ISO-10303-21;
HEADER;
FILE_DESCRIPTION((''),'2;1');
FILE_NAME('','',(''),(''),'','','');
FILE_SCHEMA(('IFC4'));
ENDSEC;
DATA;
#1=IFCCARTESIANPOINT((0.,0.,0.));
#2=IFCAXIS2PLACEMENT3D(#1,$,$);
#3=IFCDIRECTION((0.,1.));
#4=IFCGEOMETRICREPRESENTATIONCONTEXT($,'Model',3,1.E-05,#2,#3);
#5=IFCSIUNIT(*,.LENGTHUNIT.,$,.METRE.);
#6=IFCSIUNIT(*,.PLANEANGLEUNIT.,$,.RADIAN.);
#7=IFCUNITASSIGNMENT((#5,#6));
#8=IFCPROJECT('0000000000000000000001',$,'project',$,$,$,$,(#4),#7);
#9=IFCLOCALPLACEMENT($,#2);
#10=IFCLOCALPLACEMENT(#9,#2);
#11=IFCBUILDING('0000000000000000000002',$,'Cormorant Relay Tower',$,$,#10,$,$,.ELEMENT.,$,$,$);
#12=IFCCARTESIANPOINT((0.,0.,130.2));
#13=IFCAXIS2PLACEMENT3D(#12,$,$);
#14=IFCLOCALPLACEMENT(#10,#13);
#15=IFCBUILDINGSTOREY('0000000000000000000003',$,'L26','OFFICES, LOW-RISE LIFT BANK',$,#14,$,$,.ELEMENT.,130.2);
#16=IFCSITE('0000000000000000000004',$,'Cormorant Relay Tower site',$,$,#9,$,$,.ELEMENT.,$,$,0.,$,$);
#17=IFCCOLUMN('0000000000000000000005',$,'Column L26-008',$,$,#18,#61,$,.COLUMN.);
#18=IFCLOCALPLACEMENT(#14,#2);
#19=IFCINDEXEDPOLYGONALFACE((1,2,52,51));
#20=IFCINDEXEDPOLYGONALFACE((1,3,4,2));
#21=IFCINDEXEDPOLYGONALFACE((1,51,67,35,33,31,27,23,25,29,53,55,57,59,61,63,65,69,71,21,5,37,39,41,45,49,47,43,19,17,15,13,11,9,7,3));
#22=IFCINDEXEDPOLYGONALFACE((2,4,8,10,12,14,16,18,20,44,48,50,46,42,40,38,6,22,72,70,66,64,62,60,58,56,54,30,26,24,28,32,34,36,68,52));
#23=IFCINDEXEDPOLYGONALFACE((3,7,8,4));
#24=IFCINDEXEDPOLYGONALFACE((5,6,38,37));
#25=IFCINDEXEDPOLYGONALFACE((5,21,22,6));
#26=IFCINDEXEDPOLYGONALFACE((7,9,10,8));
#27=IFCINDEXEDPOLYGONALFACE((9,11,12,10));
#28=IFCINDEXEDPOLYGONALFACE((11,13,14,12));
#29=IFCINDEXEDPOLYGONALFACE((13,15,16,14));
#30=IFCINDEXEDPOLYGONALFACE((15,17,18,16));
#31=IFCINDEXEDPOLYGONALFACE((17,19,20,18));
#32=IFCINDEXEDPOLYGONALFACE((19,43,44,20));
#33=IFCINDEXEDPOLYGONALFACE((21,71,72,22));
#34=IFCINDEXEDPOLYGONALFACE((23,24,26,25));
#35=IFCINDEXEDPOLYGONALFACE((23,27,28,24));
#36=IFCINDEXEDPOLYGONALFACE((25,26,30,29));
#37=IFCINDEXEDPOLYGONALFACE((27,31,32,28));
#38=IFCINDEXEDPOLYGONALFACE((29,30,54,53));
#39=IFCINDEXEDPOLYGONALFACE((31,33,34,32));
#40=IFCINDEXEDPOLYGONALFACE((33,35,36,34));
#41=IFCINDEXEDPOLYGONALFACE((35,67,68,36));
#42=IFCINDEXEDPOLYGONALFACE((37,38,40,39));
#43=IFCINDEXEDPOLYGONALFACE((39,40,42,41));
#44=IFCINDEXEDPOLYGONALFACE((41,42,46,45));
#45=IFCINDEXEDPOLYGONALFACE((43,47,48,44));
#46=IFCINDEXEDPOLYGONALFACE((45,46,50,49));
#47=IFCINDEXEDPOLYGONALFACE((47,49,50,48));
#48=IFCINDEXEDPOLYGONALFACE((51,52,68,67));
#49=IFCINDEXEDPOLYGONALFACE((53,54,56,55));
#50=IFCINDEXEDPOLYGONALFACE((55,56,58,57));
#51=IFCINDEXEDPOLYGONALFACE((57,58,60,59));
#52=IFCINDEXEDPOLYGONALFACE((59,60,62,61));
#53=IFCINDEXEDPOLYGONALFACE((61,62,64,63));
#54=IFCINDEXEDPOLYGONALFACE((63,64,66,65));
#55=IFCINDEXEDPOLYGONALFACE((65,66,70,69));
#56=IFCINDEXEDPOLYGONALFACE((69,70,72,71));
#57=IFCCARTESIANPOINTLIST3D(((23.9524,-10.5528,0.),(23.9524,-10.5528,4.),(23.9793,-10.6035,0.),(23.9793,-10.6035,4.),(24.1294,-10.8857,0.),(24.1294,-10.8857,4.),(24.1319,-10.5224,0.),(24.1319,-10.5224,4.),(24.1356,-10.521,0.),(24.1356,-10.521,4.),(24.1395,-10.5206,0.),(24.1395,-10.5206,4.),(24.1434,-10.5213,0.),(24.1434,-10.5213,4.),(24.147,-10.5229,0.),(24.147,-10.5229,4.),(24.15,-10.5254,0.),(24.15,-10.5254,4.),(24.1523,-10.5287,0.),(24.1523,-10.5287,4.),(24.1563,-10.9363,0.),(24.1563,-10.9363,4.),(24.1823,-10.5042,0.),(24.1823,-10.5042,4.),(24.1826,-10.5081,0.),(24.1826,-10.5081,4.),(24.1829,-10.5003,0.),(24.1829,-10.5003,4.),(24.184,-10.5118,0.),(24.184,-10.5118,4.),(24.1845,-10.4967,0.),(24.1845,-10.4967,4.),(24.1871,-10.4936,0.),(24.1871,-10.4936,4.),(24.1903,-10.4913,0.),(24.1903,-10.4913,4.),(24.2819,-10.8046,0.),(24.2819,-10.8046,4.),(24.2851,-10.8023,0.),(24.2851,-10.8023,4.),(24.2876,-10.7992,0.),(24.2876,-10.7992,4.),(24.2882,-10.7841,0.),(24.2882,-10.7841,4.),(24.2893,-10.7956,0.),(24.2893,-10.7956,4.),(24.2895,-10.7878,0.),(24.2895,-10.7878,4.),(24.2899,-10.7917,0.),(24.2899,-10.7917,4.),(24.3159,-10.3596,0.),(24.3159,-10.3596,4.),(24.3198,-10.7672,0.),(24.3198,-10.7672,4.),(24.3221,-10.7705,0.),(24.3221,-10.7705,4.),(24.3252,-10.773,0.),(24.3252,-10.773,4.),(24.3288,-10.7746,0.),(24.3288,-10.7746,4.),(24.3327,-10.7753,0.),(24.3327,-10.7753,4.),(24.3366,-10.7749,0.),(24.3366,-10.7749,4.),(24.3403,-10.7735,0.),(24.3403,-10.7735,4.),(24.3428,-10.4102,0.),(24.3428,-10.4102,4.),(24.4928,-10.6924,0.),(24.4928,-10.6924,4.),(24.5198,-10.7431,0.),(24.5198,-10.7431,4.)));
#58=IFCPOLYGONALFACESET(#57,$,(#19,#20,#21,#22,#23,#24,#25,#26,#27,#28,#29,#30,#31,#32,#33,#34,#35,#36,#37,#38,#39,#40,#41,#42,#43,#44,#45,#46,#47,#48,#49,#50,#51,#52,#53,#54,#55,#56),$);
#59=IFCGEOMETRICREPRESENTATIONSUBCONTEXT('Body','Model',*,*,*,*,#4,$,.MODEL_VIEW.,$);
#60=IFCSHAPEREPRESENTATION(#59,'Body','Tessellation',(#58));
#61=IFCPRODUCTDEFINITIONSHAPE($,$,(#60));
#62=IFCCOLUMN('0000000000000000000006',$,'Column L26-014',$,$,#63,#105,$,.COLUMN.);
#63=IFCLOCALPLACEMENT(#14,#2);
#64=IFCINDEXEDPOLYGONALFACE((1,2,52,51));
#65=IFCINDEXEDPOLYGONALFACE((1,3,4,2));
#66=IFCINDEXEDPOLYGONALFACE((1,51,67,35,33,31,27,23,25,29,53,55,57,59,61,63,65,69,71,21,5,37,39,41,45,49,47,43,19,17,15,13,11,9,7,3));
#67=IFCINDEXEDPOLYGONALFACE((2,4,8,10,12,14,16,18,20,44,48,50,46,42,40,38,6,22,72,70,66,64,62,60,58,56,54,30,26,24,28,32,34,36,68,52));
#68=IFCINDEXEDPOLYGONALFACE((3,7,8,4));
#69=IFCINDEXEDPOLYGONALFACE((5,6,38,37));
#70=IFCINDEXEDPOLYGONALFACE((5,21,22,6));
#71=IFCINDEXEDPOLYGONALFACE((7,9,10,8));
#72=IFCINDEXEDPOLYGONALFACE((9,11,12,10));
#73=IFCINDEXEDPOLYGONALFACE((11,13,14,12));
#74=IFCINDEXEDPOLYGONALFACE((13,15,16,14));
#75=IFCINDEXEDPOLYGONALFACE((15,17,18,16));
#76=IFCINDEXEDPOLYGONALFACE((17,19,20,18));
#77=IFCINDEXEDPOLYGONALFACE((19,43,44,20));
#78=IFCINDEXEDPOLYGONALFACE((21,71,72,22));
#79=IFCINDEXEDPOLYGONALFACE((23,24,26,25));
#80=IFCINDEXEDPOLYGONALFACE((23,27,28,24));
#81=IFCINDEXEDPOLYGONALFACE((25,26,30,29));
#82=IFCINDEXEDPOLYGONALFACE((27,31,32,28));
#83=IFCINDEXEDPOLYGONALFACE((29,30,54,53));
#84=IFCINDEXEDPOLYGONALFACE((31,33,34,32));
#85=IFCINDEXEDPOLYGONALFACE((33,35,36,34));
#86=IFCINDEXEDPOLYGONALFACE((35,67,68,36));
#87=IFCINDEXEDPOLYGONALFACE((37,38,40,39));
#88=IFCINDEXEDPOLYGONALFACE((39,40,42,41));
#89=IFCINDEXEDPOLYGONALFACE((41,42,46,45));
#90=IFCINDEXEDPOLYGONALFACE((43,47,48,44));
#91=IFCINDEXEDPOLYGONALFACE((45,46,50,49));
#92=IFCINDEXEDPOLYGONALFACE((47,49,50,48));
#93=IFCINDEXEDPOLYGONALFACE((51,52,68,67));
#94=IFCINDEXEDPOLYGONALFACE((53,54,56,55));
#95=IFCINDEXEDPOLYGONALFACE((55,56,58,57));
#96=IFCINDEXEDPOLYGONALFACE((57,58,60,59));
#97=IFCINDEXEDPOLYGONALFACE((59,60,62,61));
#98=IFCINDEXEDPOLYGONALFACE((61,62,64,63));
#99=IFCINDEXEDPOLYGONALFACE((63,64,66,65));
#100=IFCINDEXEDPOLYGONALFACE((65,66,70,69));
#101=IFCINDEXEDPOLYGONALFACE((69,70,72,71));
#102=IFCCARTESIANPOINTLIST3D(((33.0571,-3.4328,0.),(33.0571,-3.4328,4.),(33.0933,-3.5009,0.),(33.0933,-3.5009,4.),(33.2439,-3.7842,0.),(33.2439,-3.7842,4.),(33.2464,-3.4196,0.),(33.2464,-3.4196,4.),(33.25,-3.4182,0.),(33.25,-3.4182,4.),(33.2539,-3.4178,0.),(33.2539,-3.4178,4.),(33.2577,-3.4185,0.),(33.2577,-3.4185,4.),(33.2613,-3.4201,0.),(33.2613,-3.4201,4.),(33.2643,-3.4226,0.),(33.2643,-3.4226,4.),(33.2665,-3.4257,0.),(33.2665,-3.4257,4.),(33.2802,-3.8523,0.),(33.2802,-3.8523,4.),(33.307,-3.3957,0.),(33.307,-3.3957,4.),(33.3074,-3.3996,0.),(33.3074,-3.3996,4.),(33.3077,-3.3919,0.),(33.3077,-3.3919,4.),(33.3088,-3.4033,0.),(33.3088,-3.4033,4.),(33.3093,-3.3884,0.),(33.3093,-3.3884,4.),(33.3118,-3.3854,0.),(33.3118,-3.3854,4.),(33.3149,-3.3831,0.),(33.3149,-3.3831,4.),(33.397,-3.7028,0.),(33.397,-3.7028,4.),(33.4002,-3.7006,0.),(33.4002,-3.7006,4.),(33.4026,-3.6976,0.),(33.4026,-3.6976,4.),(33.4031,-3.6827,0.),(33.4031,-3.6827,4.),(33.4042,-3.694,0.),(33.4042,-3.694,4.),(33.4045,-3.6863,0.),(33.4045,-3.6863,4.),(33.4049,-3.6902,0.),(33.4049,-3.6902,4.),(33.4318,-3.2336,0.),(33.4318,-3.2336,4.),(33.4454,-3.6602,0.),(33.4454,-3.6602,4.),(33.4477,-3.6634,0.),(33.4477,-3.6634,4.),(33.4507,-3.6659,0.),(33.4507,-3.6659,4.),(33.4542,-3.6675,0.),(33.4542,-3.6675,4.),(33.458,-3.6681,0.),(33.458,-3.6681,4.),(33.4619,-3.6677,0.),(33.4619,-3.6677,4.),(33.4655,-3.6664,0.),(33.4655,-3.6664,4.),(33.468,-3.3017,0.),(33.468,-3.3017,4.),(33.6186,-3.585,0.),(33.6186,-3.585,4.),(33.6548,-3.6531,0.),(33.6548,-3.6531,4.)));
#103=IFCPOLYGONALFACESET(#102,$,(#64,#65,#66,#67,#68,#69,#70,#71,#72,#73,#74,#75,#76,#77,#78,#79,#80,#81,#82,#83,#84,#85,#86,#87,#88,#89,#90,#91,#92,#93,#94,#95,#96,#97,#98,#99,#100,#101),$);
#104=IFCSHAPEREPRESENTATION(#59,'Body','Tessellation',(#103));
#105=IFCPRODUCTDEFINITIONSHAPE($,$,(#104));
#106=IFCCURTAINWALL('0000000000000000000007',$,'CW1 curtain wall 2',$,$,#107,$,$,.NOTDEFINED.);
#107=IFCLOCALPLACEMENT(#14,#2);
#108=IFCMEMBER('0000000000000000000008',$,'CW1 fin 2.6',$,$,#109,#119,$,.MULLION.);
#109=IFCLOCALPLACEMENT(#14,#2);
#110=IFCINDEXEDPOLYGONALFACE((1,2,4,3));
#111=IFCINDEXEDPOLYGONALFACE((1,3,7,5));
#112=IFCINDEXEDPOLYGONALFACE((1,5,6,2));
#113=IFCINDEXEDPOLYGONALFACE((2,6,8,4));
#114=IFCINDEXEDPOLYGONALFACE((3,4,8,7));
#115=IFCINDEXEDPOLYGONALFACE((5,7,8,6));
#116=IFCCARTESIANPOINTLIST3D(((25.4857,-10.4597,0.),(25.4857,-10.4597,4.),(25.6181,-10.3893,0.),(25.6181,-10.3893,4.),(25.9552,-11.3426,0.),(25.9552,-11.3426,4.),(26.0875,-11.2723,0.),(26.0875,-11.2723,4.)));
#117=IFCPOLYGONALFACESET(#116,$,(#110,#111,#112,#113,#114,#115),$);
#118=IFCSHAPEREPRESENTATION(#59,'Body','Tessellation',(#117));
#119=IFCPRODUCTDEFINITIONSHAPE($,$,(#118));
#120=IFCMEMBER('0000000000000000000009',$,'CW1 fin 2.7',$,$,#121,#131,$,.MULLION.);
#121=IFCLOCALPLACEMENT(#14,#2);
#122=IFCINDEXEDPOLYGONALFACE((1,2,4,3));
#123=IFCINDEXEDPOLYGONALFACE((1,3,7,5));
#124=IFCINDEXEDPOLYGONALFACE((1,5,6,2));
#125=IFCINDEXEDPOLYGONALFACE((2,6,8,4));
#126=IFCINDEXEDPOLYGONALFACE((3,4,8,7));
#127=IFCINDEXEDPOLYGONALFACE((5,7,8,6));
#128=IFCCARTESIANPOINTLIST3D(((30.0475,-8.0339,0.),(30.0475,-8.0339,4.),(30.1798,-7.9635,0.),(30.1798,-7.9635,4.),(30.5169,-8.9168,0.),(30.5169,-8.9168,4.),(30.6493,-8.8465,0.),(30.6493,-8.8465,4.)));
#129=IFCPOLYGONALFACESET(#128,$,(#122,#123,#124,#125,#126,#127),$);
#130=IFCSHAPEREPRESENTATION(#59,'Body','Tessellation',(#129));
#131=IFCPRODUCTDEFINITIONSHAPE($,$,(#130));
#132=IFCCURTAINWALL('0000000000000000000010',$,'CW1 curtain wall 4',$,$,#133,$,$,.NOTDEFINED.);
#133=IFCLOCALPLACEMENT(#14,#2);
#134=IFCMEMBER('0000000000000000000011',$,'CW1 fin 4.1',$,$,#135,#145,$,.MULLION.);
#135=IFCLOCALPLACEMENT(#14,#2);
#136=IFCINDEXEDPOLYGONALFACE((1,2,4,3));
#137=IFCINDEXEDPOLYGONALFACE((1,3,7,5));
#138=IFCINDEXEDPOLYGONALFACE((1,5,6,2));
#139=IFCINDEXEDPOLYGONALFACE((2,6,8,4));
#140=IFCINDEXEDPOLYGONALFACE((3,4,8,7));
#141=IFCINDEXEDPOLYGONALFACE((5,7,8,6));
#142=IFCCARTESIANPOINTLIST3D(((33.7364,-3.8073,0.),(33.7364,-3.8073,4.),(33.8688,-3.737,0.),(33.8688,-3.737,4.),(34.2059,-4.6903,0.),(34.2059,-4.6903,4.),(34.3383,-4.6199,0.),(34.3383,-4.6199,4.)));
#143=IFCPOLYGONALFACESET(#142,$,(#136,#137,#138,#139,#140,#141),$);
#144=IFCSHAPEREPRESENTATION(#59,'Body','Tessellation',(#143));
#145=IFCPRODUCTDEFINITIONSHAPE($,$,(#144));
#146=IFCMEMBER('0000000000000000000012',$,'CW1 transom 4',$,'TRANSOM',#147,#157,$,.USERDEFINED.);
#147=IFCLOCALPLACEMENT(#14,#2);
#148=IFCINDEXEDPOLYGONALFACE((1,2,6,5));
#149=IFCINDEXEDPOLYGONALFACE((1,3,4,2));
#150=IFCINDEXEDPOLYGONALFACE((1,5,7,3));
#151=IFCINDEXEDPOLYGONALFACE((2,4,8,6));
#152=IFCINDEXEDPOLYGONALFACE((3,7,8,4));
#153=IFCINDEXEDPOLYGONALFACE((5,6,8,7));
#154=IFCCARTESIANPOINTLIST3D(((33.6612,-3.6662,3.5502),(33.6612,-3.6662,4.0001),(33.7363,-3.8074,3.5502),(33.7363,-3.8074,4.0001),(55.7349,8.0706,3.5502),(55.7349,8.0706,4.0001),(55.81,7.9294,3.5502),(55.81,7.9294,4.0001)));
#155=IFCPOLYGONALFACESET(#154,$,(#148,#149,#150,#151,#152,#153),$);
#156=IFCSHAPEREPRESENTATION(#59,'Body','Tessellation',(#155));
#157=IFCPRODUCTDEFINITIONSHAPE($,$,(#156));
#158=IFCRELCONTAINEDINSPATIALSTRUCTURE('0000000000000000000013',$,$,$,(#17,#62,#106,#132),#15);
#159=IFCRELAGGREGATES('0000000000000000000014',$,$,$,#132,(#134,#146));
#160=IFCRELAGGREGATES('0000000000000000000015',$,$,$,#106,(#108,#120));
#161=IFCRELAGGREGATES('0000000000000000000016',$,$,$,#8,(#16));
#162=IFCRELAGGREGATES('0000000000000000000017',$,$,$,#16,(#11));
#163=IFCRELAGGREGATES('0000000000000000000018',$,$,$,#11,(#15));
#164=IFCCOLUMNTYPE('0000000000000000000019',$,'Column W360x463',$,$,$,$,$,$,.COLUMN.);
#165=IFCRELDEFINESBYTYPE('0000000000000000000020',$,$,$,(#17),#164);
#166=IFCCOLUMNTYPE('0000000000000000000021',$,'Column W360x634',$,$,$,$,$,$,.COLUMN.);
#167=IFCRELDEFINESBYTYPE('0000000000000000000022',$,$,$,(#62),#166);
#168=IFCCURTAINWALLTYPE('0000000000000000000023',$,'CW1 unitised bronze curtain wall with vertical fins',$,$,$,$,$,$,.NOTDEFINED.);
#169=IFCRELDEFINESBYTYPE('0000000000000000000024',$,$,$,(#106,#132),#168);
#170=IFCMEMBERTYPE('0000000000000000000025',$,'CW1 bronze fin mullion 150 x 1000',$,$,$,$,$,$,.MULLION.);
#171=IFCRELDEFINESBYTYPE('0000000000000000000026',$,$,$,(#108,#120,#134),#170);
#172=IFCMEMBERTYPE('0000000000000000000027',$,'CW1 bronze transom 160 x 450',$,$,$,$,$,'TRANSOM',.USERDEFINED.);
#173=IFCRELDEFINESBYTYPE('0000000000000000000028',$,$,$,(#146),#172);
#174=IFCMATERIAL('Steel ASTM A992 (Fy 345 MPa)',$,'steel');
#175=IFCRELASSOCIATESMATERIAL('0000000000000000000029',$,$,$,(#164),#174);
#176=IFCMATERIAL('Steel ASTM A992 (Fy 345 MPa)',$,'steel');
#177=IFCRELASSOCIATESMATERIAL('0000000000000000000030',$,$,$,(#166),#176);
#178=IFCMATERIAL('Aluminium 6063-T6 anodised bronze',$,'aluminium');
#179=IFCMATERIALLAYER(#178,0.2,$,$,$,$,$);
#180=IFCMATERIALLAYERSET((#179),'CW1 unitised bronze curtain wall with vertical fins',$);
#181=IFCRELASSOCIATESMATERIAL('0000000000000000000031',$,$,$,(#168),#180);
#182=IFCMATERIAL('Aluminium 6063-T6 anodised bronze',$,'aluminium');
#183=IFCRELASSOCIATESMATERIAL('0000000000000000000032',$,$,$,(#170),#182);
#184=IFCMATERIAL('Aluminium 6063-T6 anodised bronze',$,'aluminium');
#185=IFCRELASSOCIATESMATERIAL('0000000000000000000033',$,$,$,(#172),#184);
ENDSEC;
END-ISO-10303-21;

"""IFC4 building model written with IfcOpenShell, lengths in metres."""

from ifc_helpers import new_model, si_unit, direction, frame, origin, origin_2d, place, context, subcontext, project, spatial, rectangle, i_section, extrude, material, layer, layer_set, material_profile, profile_set, type_object, element, aggregate, save


model = new_model("IFC4")

# Units and contexts
model_context = context("Model", 3, precision=1e-05, world=origin(), true_north=direction((0.0, 1.0)))
body_context = subcontext(model_context, "Body", "Model", "MODEL_VIEW")
ifc_project = project(units=[si_unit("LENGTHUNIT", "METRE"), si_unit("PLANEANGLEUNIT", "RADIAN")], contexts=[model_context])

# Site, building, storey
site_placement = place(None, origin())
site = spatial("IfcSite", under=ifc_project, at=site_placement, Name="Cormorant Relay Tower site", CompositionType="ELEMENT", RefElevation=0.0)
building_placement = place(site_placement, origin())
building = spatial("IfcBuilding", under=site, at=building_placement, Name="Cormorant Relay Tower", CompositionType="ELEMENT")
storey_placement = place(building_placement, frame((0.0, 0.0, 130.2)))
storey = spatial("IfcBuildingStorey", under=building, at=storey_placement, Name="L26", Description="OFFICES, LOW-RISE LIFT BANK", CompositionType="ELEMENT", Elevation=130.2)

# Columns
ifc_material_1 = material(Name="Steel ASTM A992 (Fy 345 MPa)", Category="steel")
ifc_material_profile_1 = material_profile(ifc_material_1, i_section(OverallWidth=0.4116, OverallDepth=0.4343, WebThickness=0.0359, FlangeThickness=0.0574, FilletRadius=0.0151, at=origin_2d()), Name="W360x463")
ifc_profile_set_1 = profile_set([ifc_material_profile_1], Name="Steel ASTM A992 (Fy 345 MPa)")
column_type_1 = type_object("IfcColumnType", Name="Column W360x463", PredefinedType="COLUMN", material=ifc_profile_set_1)
column_1_placement = place(storey_placement, frame((24.2361, -10.6479, 0.0), z_axis=(0.0, 0.0, 1.0), x_axis=(0.882948, 0.469472, 0.0)))
element("IfcColumn", 1, at=column_1_placement, inside=storey, type_object=column_type_1, Name="Column L26-008", PredefinedType="COLUMN", context=body_context, shape_type="SweptSolid", body=[
    extrude(i_section(OverallWidth=0.4116, OverallDepth=0.4343, WebThickness=0.0359, FlangeThickness=0.0574, FilletRadius=0.0151, at=origin_2d()), origin(), (0.0, 0.0, 1.0), 4.0),
])
ifc_material_2 = material(Name="Steel ASTM A992 (Fy 345 MPa)", Category="steel")
ifc_material_profile_2 = material_profile(ifc_material_2, i_section(OverallWidth=0.4243, OverallDepth=0.4751, WebThickness=0.0479, FlangeThickness=0.0771, FilletRadius=0.0149, at=origin_2d()), Name="W360x634")
ifc_profile_set_2 = profile_set([ifc_material_profile_2], Name="Steel ASTM A992 (Fy 345 MPa)")
column_type_2 = type_object("IfcColumnType", Name="Column W360x634", PredefinedType="COLUMN", material=ifc_profile_set_2)
column_2_placement = place(storey_placement, frame((33.356, -3.543, 0.0), z_axis=(0.0, 0.0, 1.0), x_axis=(0.882948, 0.469472, 0.0)))
element("IfcColumn", 2, at=column_2_placement, inside=storey, type_object=column_type_2, Name="Column L26-014", PredefinedType="COLUMN", context=body_context, shape_type="SweptSolid", body=[
    extrude(i_section(OverallWidth=0.4243, OverallDepth=0.4751, WebThickness=0.0479, FlangeThickness=0.0771, FilletRadius=0.0149, at=origin_2d()), origin(), (0.0, 0.0, 1.0), 4.0),
])

# Curtain walls, members
ifc_material_3 = material(Name="Aluminium 6063-T6 anodised bronze", Category="aluminium")
ifc_layer_1 = layer(ifc_material_3, 0.2)
ifc_layer_set_1 = layer_set([ifc_layer_1], Name="CW1 unitised bronze curtain wall with vertical fins")
curtain_wall_type = type_object("IfcCurtainWallType", Name="CW1 unitised bronze curtain wall with vertical fins", PredefinedType="NOTDEFINED", material=ifc_layer_set_1)
curtain_wall_1_placement = place(storey_placement, origin())
curtain_wall_1 = element("IfcCurtainWall", 3, at=curtain_wall_1_placement, inside=storey, type_object=curtain_wall_type, Name="CW1 curtain wall 2", PredefinedType="NOTDEFINED")
ifc_material_4 = material(Name="Aluminium 6063-T6 anodised bronze", Category="aluminium")
ifc_material_profile_3 = material_profile(ifc_material_4, rectangle(XDim=0.1499, YDim=1.0, at=origin_2d()), Name="AL 150x1000")
ifc_profile_set_3 = profile_set([ifc_material_profile_3], Name="Aluminium 6063-T6 anodised bronze")
member_type_1 = type_object("IfcMemberType", Name="CW1 bronze fin mullion 150 x 1000", PredefinedType="MULLION", material=ifc_profile_set_3)
member_1_placement = place(storey_placement, frame((25.7866, -10.866, 0.0), z_axis=(0.0, 0.0, 1.0), x_axis=(0.882948, 0.469472, 0.0)))
member_1 = element("IfcMember", 4, at=member_1_placement, type_object=member_type_1, Name="CW1 fin 2.6", PredefinedType="MULLION", context=body_context, shape_type="SweptSolid", body=[
    extrude(rectangle(XDim=0.1499, YDim=1.0, at=origin_2d()), origin(), (0.0, 0.0, 1.0), 4.0),
])
member_2_placement = place(storey_placement, frame((30.3484, -8.4402, 0.0), z_axis=(0.0, 0.0, 1.0), x_axis=(0.882948, 0.469472, 0.0)))
member_2 = element("IfcMember", 5, at=member_2_placement, type_object=member_type_1, Name="CW1 fin 2.7", PredefinedType="MULLION", context=body_context, shape_type="SweptSolid", body=[
    extrude(rectangle(XDim=0.1499, YDim=1.0, at=origin_2d()), origin(), (0.0, 0.0, 1.0), 4.0),
])
curtain_wall_2_placement = place(storey_placement, origin())
curtain_wall_2 = element("IfcCurtainWall", 6, at=curtain_wall_2_placement, inside=storey, type_object=curtain_wall_type, Name="CW1 curtain wall 4", PredefinedType="NOTDEFINED")
member_3_placement = place(storey_placement, frame((34.0374, -4.2136, 0.0), z_axis=(0.0, 0.0, 1.0), x_axis=(0.882948, 0.469472, 0.0)))
member_3 = element("IfcMember", 7, at=member_3_placement, type_object=member_type_1, Name="CW1 fin 4.1", PredefinedType="MULLION", context=body_context, shape_type="SweptSolid", body=[
    extrude(rectangle(XDim=0.1499, YDim=1.0, at=origin_2d()), origin(), (0.0, 0.0, 1.0), 4.0),
])
ifc_material_5 = material(Name="Aluminium 6063-T6 anodised bronze", Category="aluminium")
ifc_material_profile_4 = material_profile(ifc_material_5, rectangle(XDim=0.1599, YDim=0.45, at=origin_2d()), Name="AL 160x450")
ifc_profile_set_4 = profile_set([ifc_material_profile_4], Name="Aluminium 6063-T6 anodised bronze")
member_type_2 = type_object("IfcMemberType", Name="CW1 bronze transom 160 x 450", ElementType="TRANSOM", PredefinedType="USERDEFINED", material=ifc_profile_set_4)
member_4_placement = place(storey_placement, frame((33.6987, -3.7368, 3.7751), z_axis=(0.882947, 0.469472, 0.0), x_axis=(-0.469472, 0.882947, 0.0)))
member_4 = element("IfcMember", 8, at=member_4_placement, type_object=member_type_2, Name="CW1 transom 4", ObjectType="TRANSOM", PredefinedType="USERDEFINED", context=body_context, shape_type="SweptSolid", body=[
    extrude(rectangle(XDim=0.1599, YDim=0.45, at=origin_2d()), origin(), (0.0, 0.0, 1.0), 25.0),
])
aggregate(curtain_wall_2, [member_3, member_4])

aggregate(curtain_wall_1, [member_1, member_2])

save(model, "model.ifc")
